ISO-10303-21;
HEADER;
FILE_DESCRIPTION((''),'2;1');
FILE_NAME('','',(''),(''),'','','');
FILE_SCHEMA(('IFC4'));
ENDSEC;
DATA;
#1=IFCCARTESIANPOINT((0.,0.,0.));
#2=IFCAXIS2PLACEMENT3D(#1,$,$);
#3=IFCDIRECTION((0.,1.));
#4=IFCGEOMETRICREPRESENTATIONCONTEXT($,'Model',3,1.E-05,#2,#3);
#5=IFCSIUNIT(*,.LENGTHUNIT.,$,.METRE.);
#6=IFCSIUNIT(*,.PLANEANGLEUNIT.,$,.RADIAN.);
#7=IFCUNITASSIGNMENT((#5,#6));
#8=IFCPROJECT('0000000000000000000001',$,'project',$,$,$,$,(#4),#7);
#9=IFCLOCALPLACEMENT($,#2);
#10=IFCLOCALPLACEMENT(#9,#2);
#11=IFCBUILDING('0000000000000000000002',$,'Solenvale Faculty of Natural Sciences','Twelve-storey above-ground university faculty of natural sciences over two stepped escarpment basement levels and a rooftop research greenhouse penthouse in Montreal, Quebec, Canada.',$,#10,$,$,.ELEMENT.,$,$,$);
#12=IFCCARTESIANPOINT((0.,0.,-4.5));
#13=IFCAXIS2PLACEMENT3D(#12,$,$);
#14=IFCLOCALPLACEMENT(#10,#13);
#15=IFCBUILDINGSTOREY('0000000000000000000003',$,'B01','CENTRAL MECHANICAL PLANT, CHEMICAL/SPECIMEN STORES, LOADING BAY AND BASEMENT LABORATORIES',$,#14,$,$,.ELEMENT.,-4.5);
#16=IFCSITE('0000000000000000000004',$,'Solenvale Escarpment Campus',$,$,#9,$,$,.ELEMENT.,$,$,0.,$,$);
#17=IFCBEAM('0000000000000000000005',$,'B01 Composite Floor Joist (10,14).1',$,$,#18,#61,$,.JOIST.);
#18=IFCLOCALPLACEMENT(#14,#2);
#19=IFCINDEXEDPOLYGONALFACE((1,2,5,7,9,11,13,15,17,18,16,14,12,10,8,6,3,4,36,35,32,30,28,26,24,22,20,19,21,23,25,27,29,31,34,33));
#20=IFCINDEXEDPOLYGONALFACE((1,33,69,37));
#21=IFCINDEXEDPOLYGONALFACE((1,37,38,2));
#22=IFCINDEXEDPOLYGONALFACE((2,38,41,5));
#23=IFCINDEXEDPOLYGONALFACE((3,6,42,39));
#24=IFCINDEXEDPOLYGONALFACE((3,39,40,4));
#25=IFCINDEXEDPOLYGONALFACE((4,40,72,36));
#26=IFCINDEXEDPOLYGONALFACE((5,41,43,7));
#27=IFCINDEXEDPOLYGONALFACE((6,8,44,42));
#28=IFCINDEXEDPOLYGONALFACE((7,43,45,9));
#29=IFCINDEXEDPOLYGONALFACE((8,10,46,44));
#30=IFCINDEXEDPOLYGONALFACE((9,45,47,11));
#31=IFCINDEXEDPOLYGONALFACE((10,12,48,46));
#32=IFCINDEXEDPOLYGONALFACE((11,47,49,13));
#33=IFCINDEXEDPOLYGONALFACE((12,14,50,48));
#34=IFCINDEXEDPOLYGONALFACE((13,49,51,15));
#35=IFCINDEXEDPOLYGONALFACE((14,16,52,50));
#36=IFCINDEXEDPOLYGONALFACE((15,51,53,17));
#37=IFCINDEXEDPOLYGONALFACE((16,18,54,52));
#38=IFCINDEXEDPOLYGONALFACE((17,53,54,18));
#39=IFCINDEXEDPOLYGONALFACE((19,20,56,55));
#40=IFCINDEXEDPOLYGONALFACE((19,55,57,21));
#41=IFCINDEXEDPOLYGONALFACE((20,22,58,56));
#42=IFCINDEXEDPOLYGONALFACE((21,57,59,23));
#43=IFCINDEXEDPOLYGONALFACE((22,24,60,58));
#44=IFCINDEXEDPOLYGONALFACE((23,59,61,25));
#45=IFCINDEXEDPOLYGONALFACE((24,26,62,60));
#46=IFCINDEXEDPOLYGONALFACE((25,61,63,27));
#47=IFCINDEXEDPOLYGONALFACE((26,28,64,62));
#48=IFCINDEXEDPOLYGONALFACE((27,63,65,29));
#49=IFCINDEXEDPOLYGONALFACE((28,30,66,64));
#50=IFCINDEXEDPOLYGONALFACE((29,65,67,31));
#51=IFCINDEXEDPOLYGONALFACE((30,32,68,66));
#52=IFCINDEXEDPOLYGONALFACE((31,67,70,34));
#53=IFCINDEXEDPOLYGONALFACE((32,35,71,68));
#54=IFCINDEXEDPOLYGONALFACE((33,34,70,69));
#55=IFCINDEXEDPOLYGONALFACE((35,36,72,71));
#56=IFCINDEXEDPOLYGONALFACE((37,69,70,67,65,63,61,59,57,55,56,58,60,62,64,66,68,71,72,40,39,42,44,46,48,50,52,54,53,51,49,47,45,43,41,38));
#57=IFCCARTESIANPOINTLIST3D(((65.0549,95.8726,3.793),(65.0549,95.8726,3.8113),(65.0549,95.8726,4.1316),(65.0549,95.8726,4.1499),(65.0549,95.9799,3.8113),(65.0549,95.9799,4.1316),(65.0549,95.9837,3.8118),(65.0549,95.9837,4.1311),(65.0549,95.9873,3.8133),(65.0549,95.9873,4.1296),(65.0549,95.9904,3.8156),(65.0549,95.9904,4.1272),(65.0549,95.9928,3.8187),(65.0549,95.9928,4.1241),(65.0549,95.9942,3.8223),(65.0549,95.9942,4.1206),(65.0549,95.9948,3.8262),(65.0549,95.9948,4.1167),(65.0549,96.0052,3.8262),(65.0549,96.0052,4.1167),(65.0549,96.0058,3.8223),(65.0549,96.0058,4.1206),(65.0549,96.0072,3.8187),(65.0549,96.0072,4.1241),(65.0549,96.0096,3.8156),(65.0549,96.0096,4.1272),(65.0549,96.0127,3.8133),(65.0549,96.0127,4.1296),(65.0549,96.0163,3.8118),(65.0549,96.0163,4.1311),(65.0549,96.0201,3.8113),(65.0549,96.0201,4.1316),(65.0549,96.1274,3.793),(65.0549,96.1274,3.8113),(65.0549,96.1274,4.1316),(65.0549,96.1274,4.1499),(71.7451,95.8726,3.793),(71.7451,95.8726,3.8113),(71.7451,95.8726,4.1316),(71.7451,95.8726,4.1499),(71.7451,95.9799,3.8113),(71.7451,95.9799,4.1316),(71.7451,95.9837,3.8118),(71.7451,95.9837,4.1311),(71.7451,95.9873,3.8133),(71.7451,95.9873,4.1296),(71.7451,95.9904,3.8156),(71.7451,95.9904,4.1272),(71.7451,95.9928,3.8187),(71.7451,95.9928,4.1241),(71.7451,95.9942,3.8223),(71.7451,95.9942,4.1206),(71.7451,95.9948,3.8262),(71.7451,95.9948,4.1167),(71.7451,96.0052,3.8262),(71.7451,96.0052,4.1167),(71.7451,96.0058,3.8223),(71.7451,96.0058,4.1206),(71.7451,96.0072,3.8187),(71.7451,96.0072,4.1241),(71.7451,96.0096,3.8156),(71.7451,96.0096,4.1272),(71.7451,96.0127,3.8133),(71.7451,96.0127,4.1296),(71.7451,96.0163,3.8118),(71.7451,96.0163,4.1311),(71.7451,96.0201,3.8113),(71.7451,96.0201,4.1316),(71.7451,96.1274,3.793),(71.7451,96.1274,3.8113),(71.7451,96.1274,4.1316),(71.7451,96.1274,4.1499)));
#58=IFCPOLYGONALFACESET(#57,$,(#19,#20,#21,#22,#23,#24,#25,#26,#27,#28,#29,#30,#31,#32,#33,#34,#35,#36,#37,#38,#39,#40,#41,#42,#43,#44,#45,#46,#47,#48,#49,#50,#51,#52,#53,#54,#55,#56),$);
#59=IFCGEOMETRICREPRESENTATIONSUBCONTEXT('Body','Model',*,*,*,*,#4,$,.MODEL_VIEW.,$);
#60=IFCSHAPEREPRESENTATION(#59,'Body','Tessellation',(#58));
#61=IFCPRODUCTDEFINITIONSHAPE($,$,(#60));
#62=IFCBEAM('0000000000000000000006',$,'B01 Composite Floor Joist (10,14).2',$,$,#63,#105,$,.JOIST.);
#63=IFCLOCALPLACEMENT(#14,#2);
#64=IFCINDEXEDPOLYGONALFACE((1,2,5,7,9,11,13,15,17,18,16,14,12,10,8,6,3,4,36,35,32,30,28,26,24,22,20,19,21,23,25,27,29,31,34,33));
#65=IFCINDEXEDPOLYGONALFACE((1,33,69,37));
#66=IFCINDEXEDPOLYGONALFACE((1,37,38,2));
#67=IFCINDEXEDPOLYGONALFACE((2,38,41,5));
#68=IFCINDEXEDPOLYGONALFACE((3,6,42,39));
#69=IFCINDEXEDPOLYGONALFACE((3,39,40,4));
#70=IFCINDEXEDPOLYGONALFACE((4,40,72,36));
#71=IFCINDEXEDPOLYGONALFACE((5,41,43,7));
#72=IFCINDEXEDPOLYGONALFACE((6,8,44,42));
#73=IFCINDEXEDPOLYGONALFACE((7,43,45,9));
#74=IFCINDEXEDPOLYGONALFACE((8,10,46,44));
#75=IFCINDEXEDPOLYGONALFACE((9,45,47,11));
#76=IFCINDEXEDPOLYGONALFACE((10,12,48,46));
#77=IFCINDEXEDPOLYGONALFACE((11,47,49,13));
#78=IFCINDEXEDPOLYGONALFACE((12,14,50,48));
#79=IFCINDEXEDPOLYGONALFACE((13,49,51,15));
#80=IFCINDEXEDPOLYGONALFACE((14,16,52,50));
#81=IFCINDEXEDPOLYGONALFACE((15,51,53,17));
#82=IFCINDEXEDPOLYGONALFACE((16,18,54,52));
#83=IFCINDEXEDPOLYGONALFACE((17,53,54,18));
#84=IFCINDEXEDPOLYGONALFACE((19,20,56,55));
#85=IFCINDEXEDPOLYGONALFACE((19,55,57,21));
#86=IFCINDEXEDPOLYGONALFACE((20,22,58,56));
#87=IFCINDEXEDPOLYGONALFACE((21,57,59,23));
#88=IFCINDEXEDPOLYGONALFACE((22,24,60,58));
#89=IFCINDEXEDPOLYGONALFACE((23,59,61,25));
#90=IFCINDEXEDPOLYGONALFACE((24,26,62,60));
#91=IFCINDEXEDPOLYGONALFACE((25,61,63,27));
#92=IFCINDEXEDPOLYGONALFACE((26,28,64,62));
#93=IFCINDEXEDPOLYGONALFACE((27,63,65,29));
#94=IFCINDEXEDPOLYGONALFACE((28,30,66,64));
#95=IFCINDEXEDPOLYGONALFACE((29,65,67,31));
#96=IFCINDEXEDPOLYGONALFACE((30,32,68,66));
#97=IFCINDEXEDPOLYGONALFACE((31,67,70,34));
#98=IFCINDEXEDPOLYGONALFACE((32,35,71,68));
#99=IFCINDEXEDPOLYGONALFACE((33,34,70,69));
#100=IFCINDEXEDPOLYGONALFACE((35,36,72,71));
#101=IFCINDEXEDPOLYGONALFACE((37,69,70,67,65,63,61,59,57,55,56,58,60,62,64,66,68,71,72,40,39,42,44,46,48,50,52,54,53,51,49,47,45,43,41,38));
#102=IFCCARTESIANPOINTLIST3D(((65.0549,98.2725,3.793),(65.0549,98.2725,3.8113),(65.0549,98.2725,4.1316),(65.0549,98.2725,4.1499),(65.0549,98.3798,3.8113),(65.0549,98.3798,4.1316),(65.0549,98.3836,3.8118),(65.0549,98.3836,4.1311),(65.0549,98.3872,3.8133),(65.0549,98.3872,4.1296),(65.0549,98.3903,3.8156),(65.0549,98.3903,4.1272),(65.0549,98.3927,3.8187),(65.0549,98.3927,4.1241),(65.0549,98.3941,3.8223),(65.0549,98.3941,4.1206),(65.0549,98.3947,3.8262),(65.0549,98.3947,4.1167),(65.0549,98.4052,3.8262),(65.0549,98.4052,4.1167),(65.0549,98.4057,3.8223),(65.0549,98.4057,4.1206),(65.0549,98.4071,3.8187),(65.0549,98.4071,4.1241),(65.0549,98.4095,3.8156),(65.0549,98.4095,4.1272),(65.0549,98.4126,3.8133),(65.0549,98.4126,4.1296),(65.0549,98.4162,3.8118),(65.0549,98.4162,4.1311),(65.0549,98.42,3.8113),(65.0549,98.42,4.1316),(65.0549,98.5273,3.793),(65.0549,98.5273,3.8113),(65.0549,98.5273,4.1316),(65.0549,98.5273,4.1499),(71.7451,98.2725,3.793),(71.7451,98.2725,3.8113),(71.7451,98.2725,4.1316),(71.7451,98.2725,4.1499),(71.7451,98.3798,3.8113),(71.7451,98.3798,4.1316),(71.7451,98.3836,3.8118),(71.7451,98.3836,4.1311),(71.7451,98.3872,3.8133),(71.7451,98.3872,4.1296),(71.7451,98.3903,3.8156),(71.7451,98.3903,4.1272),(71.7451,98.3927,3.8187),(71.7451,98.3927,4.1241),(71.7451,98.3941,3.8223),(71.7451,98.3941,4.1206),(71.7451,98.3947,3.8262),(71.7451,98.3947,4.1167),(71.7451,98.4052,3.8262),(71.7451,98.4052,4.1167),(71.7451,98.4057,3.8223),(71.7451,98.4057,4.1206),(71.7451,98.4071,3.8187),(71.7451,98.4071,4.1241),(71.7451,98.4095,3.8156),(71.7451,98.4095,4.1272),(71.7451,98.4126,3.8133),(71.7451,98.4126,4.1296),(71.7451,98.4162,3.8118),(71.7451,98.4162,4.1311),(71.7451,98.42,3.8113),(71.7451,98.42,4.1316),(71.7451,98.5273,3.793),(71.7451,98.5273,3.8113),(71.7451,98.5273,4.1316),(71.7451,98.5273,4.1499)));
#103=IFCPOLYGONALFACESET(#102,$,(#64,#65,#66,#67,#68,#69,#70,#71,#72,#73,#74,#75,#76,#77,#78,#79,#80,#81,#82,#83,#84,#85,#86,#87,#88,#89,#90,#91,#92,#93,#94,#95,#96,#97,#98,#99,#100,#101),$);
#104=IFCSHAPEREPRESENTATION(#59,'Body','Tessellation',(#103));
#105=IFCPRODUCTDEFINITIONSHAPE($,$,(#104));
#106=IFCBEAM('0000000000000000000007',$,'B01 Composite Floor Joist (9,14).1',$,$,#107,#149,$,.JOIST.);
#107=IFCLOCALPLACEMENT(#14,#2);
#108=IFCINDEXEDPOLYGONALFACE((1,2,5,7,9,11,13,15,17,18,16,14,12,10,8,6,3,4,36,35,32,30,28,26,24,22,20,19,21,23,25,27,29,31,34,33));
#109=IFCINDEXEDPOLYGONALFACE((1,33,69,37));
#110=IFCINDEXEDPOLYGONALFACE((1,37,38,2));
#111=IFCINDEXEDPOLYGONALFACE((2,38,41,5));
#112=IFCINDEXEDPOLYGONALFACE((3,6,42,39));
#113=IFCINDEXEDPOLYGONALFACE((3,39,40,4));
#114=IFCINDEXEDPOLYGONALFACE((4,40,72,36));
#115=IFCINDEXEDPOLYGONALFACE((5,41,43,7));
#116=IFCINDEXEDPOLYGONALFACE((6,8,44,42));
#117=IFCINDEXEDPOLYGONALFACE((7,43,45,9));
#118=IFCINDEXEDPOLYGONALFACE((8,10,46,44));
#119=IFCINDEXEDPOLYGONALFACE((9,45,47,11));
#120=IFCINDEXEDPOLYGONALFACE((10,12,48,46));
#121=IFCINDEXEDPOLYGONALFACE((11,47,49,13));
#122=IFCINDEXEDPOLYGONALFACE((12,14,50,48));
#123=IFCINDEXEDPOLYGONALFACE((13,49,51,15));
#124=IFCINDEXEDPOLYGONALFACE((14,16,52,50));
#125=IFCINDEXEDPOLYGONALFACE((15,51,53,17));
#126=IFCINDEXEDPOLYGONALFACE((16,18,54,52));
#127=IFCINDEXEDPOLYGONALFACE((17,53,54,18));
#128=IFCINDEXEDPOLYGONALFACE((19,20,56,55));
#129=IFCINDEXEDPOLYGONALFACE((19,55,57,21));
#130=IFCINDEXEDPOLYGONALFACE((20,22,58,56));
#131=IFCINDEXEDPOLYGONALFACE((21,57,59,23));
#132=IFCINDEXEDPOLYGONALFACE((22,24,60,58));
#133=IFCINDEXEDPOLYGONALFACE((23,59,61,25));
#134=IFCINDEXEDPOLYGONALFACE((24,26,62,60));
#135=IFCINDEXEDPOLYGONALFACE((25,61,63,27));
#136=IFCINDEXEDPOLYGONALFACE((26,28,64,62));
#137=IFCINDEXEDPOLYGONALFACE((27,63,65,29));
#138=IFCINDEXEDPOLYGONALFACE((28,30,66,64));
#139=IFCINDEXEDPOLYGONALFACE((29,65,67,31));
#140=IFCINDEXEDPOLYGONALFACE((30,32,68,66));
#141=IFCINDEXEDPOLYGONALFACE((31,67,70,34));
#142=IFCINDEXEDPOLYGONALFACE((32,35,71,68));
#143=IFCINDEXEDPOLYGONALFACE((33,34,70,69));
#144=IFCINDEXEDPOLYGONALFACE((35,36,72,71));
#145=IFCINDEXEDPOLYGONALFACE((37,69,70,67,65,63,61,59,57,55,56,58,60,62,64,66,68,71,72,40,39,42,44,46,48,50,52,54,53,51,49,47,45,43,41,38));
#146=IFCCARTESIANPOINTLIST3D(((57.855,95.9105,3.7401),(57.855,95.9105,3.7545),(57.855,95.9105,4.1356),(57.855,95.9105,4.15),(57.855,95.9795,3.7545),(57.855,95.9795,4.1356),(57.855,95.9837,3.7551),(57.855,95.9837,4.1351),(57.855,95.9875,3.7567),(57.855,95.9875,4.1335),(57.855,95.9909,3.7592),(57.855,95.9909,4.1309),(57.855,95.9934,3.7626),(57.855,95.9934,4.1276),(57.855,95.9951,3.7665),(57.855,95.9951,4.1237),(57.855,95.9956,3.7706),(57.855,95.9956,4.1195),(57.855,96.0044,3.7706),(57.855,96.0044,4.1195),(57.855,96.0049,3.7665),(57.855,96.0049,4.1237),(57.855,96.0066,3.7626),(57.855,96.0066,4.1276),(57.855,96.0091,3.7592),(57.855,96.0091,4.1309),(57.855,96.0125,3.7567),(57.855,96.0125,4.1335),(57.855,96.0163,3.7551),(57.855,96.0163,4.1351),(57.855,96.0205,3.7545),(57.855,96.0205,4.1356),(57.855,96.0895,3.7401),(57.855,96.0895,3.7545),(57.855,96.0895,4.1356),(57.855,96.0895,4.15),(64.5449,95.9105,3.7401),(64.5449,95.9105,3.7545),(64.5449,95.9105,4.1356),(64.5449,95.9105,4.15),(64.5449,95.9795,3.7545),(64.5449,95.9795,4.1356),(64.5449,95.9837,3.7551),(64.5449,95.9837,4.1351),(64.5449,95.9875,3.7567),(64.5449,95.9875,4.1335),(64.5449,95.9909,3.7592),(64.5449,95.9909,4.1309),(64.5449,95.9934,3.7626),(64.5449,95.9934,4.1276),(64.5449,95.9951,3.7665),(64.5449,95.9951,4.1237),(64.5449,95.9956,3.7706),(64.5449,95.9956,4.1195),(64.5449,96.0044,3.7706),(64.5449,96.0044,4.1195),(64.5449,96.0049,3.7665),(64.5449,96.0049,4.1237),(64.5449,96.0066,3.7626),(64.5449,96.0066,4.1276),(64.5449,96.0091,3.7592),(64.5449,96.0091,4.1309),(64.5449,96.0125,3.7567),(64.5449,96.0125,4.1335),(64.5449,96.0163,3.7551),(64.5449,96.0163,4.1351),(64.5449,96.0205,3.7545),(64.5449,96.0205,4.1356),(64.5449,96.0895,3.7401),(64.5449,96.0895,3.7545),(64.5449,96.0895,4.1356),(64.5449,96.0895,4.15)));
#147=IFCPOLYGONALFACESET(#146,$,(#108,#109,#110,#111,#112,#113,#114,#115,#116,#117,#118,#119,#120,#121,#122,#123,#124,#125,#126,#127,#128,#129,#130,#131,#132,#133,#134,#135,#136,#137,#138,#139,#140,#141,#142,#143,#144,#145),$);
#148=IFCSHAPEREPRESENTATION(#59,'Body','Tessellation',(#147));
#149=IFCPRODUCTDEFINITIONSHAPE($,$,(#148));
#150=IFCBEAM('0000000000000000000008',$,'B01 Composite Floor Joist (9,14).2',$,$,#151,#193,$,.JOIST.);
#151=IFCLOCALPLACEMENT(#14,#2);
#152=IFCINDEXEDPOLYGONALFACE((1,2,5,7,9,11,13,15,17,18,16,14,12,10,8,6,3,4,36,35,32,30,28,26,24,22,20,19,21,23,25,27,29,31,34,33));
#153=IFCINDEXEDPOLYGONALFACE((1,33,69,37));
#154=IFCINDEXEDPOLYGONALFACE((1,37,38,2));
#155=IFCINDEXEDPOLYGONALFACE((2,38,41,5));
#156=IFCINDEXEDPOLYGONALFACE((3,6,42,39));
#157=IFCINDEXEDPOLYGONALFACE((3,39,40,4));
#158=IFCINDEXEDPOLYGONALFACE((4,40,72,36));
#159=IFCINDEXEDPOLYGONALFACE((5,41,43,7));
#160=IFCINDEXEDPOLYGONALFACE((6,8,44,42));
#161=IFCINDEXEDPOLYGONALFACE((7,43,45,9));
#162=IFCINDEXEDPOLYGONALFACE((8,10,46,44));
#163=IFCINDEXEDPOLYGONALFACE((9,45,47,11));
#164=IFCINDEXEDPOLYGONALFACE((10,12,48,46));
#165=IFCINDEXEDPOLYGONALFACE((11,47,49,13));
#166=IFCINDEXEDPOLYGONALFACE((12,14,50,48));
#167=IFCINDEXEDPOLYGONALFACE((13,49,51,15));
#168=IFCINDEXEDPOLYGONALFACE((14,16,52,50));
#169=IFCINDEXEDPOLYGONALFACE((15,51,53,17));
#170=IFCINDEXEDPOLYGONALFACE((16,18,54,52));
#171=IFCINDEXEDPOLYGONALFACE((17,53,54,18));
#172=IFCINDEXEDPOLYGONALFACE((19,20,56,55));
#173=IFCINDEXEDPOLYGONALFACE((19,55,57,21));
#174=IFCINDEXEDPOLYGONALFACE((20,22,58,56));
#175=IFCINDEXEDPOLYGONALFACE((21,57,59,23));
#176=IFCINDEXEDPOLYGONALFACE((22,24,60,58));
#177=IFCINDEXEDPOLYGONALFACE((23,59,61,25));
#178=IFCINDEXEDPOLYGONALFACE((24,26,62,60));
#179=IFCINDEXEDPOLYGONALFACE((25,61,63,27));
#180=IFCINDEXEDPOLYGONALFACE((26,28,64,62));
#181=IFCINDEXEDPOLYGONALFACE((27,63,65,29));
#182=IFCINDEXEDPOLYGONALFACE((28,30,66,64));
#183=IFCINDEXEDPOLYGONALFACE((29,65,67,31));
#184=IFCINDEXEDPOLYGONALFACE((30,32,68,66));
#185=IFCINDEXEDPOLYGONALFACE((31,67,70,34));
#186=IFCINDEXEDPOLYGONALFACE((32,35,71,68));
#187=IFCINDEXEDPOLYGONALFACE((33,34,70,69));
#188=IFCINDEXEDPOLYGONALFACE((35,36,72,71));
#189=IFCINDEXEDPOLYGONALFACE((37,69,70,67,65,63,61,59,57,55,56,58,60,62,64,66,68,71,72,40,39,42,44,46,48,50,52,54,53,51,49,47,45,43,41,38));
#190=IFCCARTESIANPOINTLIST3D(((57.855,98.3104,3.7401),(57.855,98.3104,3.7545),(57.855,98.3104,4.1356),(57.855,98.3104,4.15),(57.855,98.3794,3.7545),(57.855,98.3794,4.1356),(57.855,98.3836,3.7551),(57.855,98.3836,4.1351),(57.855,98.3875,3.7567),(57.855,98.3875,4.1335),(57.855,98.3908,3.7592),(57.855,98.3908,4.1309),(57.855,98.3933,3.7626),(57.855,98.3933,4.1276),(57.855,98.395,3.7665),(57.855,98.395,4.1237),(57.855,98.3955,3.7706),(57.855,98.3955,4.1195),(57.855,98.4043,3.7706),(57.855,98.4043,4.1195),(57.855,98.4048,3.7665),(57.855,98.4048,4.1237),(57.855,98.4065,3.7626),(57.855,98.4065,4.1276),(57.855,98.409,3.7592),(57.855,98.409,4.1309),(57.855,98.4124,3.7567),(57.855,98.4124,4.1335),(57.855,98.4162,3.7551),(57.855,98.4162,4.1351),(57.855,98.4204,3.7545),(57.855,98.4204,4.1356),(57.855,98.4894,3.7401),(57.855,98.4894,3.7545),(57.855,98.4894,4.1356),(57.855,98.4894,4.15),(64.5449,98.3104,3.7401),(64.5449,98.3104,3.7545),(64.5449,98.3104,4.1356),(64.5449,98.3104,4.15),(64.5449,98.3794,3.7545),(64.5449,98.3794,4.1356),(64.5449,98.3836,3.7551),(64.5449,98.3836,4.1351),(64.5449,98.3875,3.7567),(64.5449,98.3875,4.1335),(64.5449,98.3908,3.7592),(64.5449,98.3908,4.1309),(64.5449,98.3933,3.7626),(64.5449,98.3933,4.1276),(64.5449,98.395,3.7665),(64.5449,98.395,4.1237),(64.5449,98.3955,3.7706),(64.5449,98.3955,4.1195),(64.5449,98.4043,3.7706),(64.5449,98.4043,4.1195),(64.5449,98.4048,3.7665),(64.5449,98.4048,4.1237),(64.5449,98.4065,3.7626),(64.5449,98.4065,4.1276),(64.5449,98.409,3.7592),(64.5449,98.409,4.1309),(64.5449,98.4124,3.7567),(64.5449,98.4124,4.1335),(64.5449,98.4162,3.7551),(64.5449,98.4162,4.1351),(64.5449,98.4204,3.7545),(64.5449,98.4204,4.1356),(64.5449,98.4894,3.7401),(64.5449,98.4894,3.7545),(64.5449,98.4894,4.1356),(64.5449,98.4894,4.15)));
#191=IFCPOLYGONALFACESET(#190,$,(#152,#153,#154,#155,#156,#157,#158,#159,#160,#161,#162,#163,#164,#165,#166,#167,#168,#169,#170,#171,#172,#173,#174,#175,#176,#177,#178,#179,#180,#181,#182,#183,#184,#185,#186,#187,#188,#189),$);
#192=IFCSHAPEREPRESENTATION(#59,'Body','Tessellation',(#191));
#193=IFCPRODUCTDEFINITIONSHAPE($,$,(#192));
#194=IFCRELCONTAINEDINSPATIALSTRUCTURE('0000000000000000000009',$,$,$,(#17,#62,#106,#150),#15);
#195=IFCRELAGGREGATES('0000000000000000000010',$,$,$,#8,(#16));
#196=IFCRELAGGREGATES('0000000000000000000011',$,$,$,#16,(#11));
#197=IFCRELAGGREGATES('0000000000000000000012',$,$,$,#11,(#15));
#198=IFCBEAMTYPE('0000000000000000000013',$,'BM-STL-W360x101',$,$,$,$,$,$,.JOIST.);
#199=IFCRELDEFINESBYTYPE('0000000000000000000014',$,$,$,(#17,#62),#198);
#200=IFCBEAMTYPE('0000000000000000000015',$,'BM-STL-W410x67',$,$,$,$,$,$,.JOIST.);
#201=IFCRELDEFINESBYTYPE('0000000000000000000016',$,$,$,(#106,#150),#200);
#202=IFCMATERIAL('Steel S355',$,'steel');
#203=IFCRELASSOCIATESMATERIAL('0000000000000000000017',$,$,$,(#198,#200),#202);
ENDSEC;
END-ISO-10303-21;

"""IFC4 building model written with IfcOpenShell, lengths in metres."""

from ifc_helpers import new_model, si_unit, direction, frame, origin, origin_2d, place, context, subcontext, project, spatial, i_section, extrude, material, material_profile, profile_set, type_object, element, save


model = new_model("IFC4")

# Units and contexts
model_context = context("Model", 3, precision=1e-05, world=origin(), true_north=direction((0.0, 1.0)))
body_context = subcontext(model_context, "Body", "Model", "MODEL_VIEW")
ifc_project = project(units=[si_unit("LENGTHUNIT", "METRE"), si_unit("PLANEANGLEUNIT", "RADIAN")], contexts=[model_context])

# Site, building, storey
site_placement = place(None, origin())
site = spatial("IfcSite", under=ifc_project, at=site_placement, Name="Solenvale Escarpment Campus", CompositionType="ELEMENT", RefElevation=0.0)
building_placement = place(site_placement, origin())
building = spatial("IfcBuilding", under=site, at=building_placement, Name="Solenvale Faculty of Natural Sciences", Description="Twelve-storey above-ground university faculty of natural sciences over two stepped escarpment basement levels and a rooftop research greenhouse penthouse in Montreal, Quebec, Canada.", CompositionType="ELEMENT")
storey_placement = place(building_placement, frame((0.0, 0.0, -4.5)))
storey = spatial("IfcBuildingStorey", under=building, at=storey_placement, Name="B01", Description="CENTRAL MECHANICAL PLANT, CHEMICAL/SPECIMEN STORES, LOADING BAY AND BASEMENT LABORATORIES", CompositionType="ELEMENT", Elevation=-4.5)

# Beams
ifc_material_1 = material(Name="Steel S355", Category="steel")
ifc_material_profile_1 = material_profile(ifc_material_1, i_section(OverallWidth=0.2549, OverallDepth=0.3569, WebThickness=0.0105, FlangeThickness=0.0183, FilletRadius=0.0149, at=origin_2d()), Name="W360x101")
ifc_profile_set_1 = profile_set([ifc_material_profile_1], Name="Steel S355")
beam_type_1 = type_object("IfcBeamType", Name="BM-STL-W360x101", PredefinedType="JOIST", material=ifc_profile_set_1)
for number, where, z_axis, x_axis, name in (
    (1, (65.0549, 96.0, 3.9714), (1.0, 0.0, 0.0), (0.0, 1.0, 0.0), "B01 Composite Floor Joist (10,14).1"),
    (2, (65.0549, 98.3999, 3.9714), (1.0, 0.0, 0.0), (0.0, 1.0, 0.0), "B01 Composite Floor Joist (10,14).2"),
):
    element("IfcBeam", number, at=place(storey_placement, frame(where, z_axis=z_axis, x_axis=x_axis)), inside=storey, type_object=beam_type_1, Name=name, PredefinedType="JOIST", context=body_context, shape_type="SweptSolid", body=[
        extrude(i_section(OverallWidth=0.2549, OverallDepth=0.3569, WebThickness=0.0105, FlangeThickness=0.0183, FilletRadius=0.0149, at=origin_2d()), origin(), (0.0, 0.0, 1.0), 6.6902),
    ])
ifc_material_profile_2 = material_profile(ifc_material_1, i_section(OverallWidth=0.179, OverallDepth=0.4099, WebThickness=0.0088, FlangeThickness=0.0144, FilletRadius=0.0161, at=origin_2d()), Name="W410x67")
ifc_profile_set_2 = profile_set([ifc_material_profile_2], Name="Steel S355")
beam_type_2 = type_object("IfcBeamType", Name="BM-STL-W410x67", PredefinedType="JOIST", material=ifc_profile_set_2)
for number, where, z_axis, x_axis, name in (
    (3, (57.855, 96.0, 3.9451), (1.0, 0.0, 0.0), (0.0, 1.0, 0.0), "B01 Composite Floor Joist (9,14).1"),
    (4, (57.855, 98.3999, 3.9451), (1.0, 0.0, 0.0), (0.0, 1.0, 0.0), "B01 Composite Floor Joist (9,14).2"),
):
    element("IfcBeam", number, at=place(storey_placement, frame(where, z_axis=z_axis, x_axis=x_axis)), inside=storey, type_object=beam_type_2, Name=name, PredefinedType="JOIST", context=body_context, shape_type="SweptSolid", body=[
        extrude(i_section(OverallWidth=0.179, OverallDepth=0.4099, WebThickness=0.0088, FlangeThickness=0.0144, FilletRadius=0.0161, at=origin_2d()), origin(), (0.0, 0.0, 1.0), 6.6899),
    ])

save(model, "model.ifc")
